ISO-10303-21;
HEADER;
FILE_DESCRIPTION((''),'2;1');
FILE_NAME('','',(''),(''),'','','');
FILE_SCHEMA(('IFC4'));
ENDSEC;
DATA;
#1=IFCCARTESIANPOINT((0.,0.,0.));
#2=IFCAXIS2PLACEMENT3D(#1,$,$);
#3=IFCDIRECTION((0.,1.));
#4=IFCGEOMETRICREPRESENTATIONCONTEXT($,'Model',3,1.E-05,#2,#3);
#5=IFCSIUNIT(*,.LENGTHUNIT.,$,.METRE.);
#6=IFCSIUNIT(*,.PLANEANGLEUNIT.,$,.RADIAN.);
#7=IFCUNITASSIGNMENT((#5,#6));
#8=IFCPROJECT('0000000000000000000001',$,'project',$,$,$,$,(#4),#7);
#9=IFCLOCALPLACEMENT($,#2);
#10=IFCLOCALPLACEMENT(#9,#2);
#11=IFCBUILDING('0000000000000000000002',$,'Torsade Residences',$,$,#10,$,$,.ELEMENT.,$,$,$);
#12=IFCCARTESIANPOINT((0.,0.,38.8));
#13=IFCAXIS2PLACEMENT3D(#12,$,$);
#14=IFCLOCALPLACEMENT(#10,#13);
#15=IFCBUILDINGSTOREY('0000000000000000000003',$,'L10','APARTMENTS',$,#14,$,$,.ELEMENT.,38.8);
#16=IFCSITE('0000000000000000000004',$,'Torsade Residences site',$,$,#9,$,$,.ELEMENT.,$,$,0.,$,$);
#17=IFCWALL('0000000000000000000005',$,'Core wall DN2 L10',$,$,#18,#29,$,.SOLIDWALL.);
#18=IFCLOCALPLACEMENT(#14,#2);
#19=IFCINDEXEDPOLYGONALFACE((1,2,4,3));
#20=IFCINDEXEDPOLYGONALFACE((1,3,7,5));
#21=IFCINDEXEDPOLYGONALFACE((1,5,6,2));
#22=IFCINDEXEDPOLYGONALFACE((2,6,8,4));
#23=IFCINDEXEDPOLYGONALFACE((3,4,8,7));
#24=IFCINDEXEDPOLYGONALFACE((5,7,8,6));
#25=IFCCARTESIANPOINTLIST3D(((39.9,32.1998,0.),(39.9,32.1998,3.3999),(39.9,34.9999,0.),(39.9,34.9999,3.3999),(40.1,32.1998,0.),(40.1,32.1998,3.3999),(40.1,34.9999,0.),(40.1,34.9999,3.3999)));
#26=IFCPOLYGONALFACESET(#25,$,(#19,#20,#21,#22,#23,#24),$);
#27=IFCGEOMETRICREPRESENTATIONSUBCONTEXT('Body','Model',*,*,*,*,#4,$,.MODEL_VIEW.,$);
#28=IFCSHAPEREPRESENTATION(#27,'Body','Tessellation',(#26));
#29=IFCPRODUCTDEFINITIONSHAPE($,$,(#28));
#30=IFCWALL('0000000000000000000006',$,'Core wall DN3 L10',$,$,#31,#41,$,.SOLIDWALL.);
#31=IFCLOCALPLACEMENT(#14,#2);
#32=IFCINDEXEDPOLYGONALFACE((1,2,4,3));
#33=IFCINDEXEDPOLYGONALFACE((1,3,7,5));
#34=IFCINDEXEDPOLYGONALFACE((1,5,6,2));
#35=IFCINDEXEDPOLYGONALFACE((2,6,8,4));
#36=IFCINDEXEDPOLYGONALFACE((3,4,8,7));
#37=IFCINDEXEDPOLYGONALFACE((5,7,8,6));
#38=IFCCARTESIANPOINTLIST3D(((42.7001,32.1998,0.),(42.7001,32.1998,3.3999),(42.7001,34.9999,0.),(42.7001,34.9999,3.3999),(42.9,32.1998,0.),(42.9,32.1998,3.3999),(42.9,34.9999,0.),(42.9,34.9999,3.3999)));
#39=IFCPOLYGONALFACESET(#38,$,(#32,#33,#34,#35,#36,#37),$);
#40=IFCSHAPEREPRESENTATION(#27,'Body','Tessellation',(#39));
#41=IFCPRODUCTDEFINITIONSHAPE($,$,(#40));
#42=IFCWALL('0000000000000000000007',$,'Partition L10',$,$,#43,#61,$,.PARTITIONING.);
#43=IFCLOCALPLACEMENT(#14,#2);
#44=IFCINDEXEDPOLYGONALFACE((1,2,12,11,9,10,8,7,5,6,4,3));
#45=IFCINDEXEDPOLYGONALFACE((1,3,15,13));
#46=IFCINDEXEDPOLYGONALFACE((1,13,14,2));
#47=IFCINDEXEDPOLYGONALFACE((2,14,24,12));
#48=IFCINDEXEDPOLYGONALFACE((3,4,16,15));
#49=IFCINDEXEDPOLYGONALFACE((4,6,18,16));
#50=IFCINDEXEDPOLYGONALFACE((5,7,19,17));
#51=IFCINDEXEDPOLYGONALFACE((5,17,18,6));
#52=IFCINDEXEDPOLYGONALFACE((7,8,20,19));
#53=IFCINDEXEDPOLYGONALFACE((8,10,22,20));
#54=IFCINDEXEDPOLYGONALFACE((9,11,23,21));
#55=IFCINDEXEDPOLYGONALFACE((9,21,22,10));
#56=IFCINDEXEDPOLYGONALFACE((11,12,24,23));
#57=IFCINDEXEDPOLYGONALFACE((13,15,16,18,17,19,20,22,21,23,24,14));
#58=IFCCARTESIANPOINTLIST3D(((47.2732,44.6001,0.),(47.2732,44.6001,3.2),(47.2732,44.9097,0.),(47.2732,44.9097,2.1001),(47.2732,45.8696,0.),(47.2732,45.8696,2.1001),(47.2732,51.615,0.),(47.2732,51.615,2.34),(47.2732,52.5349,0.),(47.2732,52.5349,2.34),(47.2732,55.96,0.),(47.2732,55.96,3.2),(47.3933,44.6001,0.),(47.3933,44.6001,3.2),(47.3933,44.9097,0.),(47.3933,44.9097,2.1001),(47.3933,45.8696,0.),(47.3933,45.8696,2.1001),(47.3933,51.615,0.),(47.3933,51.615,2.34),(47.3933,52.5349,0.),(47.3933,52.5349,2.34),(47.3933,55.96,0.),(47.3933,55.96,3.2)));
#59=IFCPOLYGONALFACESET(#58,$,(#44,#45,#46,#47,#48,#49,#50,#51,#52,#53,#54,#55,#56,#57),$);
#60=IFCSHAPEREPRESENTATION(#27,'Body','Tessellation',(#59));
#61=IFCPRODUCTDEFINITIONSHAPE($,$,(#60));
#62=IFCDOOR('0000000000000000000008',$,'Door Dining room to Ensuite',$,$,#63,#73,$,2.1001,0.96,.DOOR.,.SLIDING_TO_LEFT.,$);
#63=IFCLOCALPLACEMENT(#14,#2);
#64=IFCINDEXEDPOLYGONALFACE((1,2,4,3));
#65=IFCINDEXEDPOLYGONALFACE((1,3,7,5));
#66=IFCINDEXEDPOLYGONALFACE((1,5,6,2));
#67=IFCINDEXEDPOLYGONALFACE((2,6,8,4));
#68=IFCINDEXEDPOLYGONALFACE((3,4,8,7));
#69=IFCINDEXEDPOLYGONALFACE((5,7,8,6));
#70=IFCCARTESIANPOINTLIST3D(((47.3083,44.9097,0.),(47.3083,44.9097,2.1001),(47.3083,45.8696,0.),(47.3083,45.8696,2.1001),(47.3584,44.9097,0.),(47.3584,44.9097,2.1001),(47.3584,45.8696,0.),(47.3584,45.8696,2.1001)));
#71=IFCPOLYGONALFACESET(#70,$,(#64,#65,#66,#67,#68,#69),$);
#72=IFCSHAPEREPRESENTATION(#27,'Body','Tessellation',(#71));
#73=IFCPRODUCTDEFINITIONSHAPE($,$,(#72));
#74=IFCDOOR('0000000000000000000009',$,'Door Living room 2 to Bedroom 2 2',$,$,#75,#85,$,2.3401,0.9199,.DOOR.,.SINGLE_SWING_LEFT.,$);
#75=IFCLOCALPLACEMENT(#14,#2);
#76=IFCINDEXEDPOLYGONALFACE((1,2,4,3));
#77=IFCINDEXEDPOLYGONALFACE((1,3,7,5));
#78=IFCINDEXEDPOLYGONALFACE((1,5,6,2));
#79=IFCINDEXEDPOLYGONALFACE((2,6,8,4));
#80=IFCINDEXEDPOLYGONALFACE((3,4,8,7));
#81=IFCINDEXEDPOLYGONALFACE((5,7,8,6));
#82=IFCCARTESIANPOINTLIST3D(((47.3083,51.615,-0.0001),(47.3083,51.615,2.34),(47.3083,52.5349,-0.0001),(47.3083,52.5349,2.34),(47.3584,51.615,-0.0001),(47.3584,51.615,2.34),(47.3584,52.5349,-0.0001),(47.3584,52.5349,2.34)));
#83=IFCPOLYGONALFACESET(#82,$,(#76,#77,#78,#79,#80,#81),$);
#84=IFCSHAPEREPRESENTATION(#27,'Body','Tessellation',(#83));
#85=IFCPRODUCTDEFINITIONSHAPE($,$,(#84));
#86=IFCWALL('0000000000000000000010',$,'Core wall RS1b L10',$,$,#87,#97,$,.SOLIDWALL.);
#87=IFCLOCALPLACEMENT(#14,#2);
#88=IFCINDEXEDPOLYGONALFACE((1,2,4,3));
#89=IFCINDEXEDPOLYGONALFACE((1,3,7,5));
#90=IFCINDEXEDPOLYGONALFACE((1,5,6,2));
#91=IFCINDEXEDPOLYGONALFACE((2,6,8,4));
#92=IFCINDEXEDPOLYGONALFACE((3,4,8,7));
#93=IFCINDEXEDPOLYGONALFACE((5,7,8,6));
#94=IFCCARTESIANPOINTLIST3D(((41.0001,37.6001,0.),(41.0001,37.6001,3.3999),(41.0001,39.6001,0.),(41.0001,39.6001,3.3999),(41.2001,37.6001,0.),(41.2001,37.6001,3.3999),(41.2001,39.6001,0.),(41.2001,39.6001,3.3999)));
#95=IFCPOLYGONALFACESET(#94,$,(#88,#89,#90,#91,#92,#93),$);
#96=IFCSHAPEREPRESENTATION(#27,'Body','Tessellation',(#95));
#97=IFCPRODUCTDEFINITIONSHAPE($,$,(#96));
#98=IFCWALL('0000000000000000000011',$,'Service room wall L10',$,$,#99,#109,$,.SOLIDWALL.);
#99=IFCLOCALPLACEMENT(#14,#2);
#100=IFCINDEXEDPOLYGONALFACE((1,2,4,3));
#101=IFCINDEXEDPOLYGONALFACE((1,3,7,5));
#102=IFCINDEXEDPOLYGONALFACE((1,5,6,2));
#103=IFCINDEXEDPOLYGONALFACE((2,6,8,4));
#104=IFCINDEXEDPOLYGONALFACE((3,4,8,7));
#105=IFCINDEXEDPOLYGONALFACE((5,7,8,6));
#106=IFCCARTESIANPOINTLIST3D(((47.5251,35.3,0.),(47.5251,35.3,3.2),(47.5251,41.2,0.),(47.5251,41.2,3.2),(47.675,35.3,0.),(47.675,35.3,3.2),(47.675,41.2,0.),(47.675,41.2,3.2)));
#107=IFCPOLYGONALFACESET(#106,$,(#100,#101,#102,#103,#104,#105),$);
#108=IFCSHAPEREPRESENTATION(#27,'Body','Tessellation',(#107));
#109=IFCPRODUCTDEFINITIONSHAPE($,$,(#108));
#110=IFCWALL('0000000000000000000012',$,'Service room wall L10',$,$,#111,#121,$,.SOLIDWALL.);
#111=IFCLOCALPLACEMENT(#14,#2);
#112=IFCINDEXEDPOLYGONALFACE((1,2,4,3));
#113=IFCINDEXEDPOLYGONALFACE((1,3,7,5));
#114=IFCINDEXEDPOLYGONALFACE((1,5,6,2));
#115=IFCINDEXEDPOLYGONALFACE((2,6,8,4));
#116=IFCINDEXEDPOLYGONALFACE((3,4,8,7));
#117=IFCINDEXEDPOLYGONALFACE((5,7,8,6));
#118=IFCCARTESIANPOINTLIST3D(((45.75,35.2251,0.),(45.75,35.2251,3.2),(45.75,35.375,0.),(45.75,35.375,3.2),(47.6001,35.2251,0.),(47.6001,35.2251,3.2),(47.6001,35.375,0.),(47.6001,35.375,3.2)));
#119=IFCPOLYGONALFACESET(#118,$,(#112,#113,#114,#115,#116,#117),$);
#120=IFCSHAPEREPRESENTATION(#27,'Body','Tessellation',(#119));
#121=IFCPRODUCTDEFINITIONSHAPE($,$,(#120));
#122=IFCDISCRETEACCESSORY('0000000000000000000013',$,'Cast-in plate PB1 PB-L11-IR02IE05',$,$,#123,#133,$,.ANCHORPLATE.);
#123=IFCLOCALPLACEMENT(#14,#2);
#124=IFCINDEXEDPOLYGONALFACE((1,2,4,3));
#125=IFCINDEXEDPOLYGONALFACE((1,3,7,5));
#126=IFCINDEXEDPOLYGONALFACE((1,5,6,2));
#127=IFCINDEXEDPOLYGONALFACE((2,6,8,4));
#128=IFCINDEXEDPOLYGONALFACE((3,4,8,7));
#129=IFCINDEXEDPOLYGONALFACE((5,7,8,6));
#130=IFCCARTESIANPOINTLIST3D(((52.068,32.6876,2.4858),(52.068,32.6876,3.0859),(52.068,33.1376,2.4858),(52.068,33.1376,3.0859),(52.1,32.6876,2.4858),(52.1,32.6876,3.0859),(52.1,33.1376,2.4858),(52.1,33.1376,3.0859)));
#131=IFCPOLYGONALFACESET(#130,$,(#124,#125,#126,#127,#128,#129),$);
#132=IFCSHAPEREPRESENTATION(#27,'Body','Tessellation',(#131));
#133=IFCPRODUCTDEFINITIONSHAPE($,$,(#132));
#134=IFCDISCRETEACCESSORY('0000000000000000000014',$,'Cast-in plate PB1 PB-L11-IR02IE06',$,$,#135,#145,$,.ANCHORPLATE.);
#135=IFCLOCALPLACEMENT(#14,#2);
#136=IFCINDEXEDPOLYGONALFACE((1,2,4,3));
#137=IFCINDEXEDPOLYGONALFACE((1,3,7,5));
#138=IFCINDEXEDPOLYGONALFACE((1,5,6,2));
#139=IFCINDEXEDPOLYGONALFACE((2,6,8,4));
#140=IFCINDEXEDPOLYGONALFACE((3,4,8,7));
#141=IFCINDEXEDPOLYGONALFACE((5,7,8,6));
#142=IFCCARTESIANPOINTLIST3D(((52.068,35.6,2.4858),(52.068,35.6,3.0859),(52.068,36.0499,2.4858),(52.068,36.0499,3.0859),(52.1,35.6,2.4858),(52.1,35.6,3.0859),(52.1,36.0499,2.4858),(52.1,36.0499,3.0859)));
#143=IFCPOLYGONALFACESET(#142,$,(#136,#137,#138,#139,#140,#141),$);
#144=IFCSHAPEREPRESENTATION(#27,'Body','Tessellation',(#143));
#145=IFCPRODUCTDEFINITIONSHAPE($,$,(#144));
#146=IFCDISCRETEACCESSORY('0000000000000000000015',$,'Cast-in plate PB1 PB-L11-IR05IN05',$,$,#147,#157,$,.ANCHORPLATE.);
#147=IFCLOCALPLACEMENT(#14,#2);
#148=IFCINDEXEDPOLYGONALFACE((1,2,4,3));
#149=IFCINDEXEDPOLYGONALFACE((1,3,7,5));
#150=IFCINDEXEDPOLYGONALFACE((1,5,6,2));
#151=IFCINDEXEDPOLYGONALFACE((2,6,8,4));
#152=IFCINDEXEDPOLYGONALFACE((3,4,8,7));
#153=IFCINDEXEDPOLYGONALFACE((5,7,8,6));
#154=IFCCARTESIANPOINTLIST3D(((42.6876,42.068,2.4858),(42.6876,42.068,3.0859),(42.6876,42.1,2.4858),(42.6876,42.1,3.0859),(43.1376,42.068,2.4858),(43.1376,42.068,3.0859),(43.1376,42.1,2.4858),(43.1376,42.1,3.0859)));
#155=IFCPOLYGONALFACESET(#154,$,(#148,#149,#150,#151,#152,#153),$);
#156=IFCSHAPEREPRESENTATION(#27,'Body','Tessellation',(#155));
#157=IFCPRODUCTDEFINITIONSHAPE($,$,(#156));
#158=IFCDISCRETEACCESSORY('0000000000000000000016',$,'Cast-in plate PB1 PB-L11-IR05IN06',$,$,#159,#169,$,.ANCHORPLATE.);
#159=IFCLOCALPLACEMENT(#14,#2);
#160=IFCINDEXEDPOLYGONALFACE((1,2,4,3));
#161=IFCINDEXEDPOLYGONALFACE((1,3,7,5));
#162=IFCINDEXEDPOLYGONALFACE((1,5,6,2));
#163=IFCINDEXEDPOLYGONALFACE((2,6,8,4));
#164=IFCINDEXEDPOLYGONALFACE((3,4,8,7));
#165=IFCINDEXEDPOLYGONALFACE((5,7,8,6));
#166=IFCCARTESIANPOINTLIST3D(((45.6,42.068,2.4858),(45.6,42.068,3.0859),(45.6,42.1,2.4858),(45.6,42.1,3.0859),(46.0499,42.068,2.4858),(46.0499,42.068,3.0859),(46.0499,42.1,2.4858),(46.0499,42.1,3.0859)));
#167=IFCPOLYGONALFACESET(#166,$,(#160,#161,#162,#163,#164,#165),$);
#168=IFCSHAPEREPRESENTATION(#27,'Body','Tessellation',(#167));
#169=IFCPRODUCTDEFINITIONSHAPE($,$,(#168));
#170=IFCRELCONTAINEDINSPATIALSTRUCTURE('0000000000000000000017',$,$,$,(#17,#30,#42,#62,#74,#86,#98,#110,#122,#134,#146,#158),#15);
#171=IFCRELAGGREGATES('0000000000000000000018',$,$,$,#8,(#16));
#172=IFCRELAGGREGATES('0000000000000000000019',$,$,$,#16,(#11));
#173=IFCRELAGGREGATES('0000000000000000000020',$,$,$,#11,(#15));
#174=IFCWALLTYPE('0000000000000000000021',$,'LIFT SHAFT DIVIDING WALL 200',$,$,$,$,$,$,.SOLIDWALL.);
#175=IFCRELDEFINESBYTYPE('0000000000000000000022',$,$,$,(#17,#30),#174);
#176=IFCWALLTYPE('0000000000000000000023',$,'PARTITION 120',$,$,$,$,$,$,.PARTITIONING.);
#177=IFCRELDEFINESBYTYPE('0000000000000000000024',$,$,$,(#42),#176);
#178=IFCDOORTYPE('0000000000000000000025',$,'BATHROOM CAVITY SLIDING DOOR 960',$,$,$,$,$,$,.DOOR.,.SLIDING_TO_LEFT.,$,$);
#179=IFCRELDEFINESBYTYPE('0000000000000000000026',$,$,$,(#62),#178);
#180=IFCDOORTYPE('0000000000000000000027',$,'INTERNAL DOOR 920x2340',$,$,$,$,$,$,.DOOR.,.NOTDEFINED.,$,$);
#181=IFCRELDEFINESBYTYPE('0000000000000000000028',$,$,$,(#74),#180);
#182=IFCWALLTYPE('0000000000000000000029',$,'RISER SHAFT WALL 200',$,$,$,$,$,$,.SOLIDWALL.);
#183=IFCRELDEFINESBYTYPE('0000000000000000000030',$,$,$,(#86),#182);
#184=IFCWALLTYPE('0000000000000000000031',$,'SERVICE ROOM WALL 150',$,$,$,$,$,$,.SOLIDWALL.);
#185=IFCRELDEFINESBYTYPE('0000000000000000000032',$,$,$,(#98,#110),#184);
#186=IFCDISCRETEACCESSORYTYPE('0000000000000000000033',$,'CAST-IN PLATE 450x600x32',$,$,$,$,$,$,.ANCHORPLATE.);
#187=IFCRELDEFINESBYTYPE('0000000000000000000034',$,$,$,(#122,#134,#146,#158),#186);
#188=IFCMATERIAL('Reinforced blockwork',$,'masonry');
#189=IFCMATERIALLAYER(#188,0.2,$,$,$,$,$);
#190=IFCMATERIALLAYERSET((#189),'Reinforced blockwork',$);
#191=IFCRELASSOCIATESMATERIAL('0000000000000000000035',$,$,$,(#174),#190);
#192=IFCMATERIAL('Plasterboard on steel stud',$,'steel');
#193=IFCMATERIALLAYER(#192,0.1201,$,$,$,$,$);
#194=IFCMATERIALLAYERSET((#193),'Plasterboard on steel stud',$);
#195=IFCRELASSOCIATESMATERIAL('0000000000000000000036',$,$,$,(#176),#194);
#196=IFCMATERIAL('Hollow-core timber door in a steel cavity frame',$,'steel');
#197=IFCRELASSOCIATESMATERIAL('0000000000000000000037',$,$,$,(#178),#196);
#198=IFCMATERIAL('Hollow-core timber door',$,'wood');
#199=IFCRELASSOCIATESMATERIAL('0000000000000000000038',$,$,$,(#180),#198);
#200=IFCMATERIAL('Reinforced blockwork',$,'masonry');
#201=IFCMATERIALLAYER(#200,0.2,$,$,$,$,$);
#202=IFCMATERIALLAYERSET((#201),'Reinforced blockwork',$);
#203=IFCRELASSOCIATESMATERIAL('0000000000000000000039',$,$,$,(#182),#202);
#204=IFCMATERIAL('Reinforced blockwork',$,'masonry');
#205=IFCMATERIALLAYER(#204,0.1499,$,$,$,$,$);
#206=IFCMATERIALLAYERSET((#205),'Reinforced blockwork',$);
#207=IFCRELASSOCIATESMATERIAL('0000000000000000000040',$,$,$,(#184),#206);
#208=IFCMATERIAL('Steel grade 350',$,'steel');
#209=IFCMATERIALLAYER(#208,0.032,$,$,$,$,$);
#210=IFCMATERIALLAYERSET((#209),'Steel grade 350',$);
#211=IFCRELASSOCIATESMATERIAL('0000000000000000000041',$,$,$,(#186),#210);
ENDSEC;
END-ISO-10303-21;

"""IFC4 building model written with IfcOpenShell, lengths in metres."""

from ifc_helpers import new_model, si_unit, direction, frame, frame_2d, origin, origin_2d, place, context, subcontext, project, spatial, rectangle, extrude, material, layer, layer_set, type_object, element, fill, save


model = new_model("IFC4")

# Units and contexts
model_context = context("Model", 3, precision=1e-05, world=origin(), true_north=direction((0.0, 1.0)))
body_context = subcontext(model_context, "Body", "Model", "MODEL_VIEW")
ifc_project = project(units=[si_unit("LENGTHUNIT", "METRE"), si_unit("PLANEANGLEUNIT", "RADIAN")], contexts=[model_context])

# Site, building, storey
site_placement = place(None, origin())
site = spatial("IfcSite", under=ifc_project, at=site_placement, Name="Torsade Residences site", CompositionType="ELEMENT", RefElevation=0.0)
building_placement = place(site_placement, origin())
building = spatial("IfcBuilding", under=site, at=building_placement, Name="Torsade Residences", CompositionType="ELEMENT")
storey_placement = place(building_placement, frame((0.0, 0.0, 38.8)))
storey = spatial("IfcBuildingStorey", under=building, at=storey_placement, Name="L10", Description="APARTMENTS", CompositionType="ELEMENT", Elevation=38.8)

# Walls
ifc_material_1 = material(Name="Reinforced blockwork", Category="masonry")
ifc_layer_1 = layer(ifc_material_1, 0.2)
ifc_layer_set_1 = layer_set([ifc_layer_1], Name="Reinforced blockwork")
wall_type_1 = type_object("IfcWallType", Name="LIFT SHAFT DIVIDING WALL 200", PredefinedType="SOLIDWALL", material=ifc_layer_set_1)
for number, where, z_axis, x_axis, name in (
    (1, (40.0, 32.2, 0.0), (0.0, 0.0, 1.0), (0.0, 1.0, 0.0), "Core wall DN2 L10"),
    (2, (42.8, 32.2, 0.0), (0.0, 0.0, 1.0), (0.0, 1.0, 0.0), "Core wall DN3 L10"),
):
    element("IfcWall", number, at=place(storey_placement, frame(where, z_axis=z_axis, x_axis=x_axis)), inside=storey, type_object=wall_type_1, Name=name, PredefinedType="SOLIDWALL", context=body_context, shape_type="SweptSolid", body=[
        extrude(rectangle(XDim=2.8, YDim=0.2, at=frame_2d((1.3999, 0.0))), origin(), (0.0, 0.0, 1.0), 3.3999),
    ])

# Wall, openings, doors
ifc_material_2 = material(Name="Plasterboard on steel stud", Category="steel")
ifc_layer_2 = layer(ifc_material_2, 0.1201)
ifc_layer_set_2 = layer_set([ifc_layer_2], Name="Plasterboard on steel stud")
wall_type_2 = type_object("IfcWallType", Name="PARTITION 120", PredefinedType="PARTITIONING", material=ifc_layer_set_2)
wall_1_placement = place(storey_placement, frame((47.3333, 44.6001, 0.0), z_axis=(0.0, 0.0, 1.0), x_axis=(0.0, 1.0, 0.0)))
wall_1 = element("IfcWall", 3, at=wall_1_placement, inside=storey, type_object=wall_type_2, Name="Partition L10", PredefinedType="PARTITIONING", context=body_context, shape_type="SweptSolid", body=[
    extrude(rectangle(XDim=11.3599, YDim=0.1201, at=frame_2d((5.6799, 0.0))), origin(), (0.0, 0.0, 1.0), 3.2),
])
opening_1_placement = place(wall_1_placement, frame((7.0149, 0.0, 0.0)))
opening_1 = element("IfcOpeningElement", 4, at=opening_1_placement, cuts=wall_1, PredefinedType="OPENING", context=body_context, shape_type="SweptSolid", body=[
    extrude(rectangle(XDim=0.9199, YDim=2.3401, at=frame_2d((0.46, 1.1699))), frame((0.0, 0.0701, 0.0), z_axis=(0.0, -1.0, 0.0), x_axis=(1.0, 0.0, 0.0)), (0.0, 0.0, 1.0), 0.1401),
])
opening_2_placement = place(wall_1_placement, frame((0.3096, 0.0, 0.0)))
opening_2 = element("IfcOpeningElement", 5, at=opening_2_placement, cuts=wall_1, PredefinedType="OPENING", context=body_context, shape_type="SweptSolid", body=[
    extrude(rectangle(XDim=0.96, YDim=2.1001, at=frame_2d((0.48, 1.05))), frame((0.0, 0.0701, 0.0), z_axis=(0.0, -1.0, 0.0), x_axis=(1.0, 0.0, 0.0)), (0.0, 0.0, 1.0), 0.1401),
])
ifc_material_3 = material(Name="Hollow-core timber door in a steel cavity frame", Category="steel")
door_type_1 = type_object("IfcDoorType", Name="BATHROOM CAVITY SLIDING DOOR 960", OperationType="SLIDING_TO_LEFT", PredefinedType="DOOR", material=ifc_material_3)
door_1_placement = place(opening_2_placement, origin())
door_1 = element("IfcDoor", 6, at=door_1_placement, inside=storey, type_object=door_type_1, Name="Door Dining room to Ensuite", OperationType="SLIDING_TO_LEFT", OverallHeight=2.1001, OverallWidth=0.96, PredefinedType="DOOR", context=body_context, shape_type="SweptSolid", body=[
    extrude(rectangle(XDim=0.96, YDim=2.1001, at=frame_2d((0.48, 1.05))), frame((0.0, 0.0249, 0.0), z_axis=(0.0, -1.0, 0.0), x_axis=(1.0, 0.0, 0.0)), (0.0, 0.0, 1.0), 0.05),
])
fill(opening_2, door_1)
ifc_material_4 = material(Name="Hollow-core timber door", Category="wood")
door_type_2 = type_object("IfcDoorType", Name="INTERNAL DOOR 920x2340", OperationType="NOTDEFINED", PredefinedType="DOOR", material=ifc_material_4)
door_2_placement = place(opening_1_placement, origin())
door_2 = element("IfcDoor", 7, at=door_2_placement, inside=storey, type_object=door_type_2, Name="Door Living room 2 to Bedroom 2 2", OperationType="SINGLE_SWING_LEFT", OverallHeight=2.3401, OverallWidth=0.9199, PredefinedType="DOOR", context=body_context, shape_type="SweptSolid", body=[
    extrude(rectangle(XDim=0.9199, YDim=2.3401, at=frame_2d((0.46, 1.1699))), frame((0.0, 0.0249, 0.0), z_axis=(0.0, -1.0, 0.0), x_axis=(1.0, 0.0, 0.0)), (0.0, 0.0, 1.0), 0.05),
])
fill(opening_1, door_2)

# Walls
ifc_material_5 = material(Name="Reinforced blockwork", Category="masonry")
ifc_layer_3 = layer(ifc_material_5, 0.2)
ifc_layer_set_3 = layer_set([ifc_layer_3], Name="Reinforced blockwork")
wall_type_3 = type_object("IfcWallType", Name="RISER SHAFT WALL 200", PredefinedType="SOLIDWALL", material=ifc_layer_set_3)
wall_2_placement = place(storey_placement, frame((41.1001, 37.6001, 0.0), z_axis=(0.0, 0.0, 1.0), x_axis=(0.0, 1.0, 0.0)))
element("IfcWall", 8, at=wall_2_placement, inside=storey, type_object=wall_type_3, Name="Core wall RS1b L10", PredefinedType="SOLIDWALL", context=body_context, shape_type="SweptSolid", body=[
    extrude(rectangle(XDim=2.0, YDim=0.2, at=frame_2d((1.0, 0.0))), origin(), (0.0, 0.0, 1.0), 3.3999),
])
ifc_material_6 = material(Name="Reinforced blockwork", Category="masonry")
ifc_layer_4 = layer(ifc_material_6, 0.1499)
ifc_layer_set_4 = layer_set([ifc_layer_4], Name="Reinforced blockwork")
wall_type_4 = type_object("IfcWallType", Name="SERVICE ROOM WALL 150", PredefinedType="SOLIDWALL", material=ifc_layer_set_4)
wall_3_placement = place(storey_placement, frame((47.6001, 41.2, 0.0), z_axis=(0.0, 0.0, 1.0), x_axis=(0.0, -1.0, 0.0)))
element("IfcWall", 9, at=wall_3_placement, inside=storey, type_object=wall_type_4, Name="Service room wall L10", PredefinedType="SOLIDWALL", context=body_context, shape_type="SweptSolid", body=[
    extrude(rectangle(XDim=5.8999, YDim=0.1499, at=frame_2d((2.95, 0.0))), origin(), (0.0, 0.0, 1.0), 3.2),
])
wall_4_placement = place(storey_placement, frame((47.6001, 35.3, 0.0), z_axis=(0.0, 0.0, 1.0), x_axis=(-1.0, 0.0, 0.0)))
element("IfcWall", 10, at=wall_4_placement, inside=storey, type_object=wall_type_4, Name="Service room wall L10", PredefinedType="SOLIDWALL", context=body_context, shape_type="SweptSolid", body=[
    extrude(rectangle(XDim=1.8501, YDim=0.1499, at=frame_2d((0.925, 0.0))), origin(), (0.0, 0.0, 1.0), 3.2),
])

# Discrete accessories
ifc_material_7 = material(Name="Steel grade 350", Category="steel")
ifc_layer_5 = layer(ifc_material_7, 0.032)
ifc_layer_set_5 = layer_set([ifc_layer_5], Name="Steel grade 350")
discrete_accessory_type = type_object("IfcDiscreteAccessoryType", Name="CAST-IN PLATE 450x600x32", PredefinedType="ANCHORPLATE", material=ifc_layer_set_5)
for number, where, z_axis, x_axis, name in (
    (11, (52.084, 32.9126, 2.4858), (0.0, 0.0, 1.0), (1.0, 0.0, 0.0), "Cast-in plate PB1 PB-L11-IR02IE05"),
    (12, (52.084, 35.825, 2.4858), (0.0, 0.0, 1.0), (1.0, 0.0, 0.0), "Cast-in plate PB1 PB-L11-IR02IE06"),
):
    element("IfcDiscreteAccessory", number, at=place(storey_placement, frame(where, z_axis=z_axis, x_axis=x_axis)), inside=storey, type_object=discrete_accessory_type, Name=name, PredefinedType="ANCHORPLATE", context=body_context, shape_type="SweptSolid", body=[
        extrude(rectangle(XDim=0.032, YDim=0.45, at=origin_2d()), origin(), (0.0, 0.0, 1.0), 0.6001),
    ])
for number, where, z_axis, x_axis, name in (
    (13, (42.9126, 42.084, 2.4858), (0.0, 0.0, 1.0), (1.0, 0.0, 0.0), "Cast-in plate PB1 PB-L11-IR05IN05"),
    (14, (45.825, 42.084, 2.4858), (0.0, 0.0, 1.0), (1.0, 0.0, 0.0), "Cast-in plate PB1 PB-L11-IR05IN06"),
):
    element("IfcDiscreteAccessory", number, at=place(storey_placement, frame(where, z_axis=z_axis, x_axis=x_axis)), inside=storey, type_object=discrete_accessory_type, Name=name, PredefinedType="ANCHORPLATE", context=body_context, shape_type="SweptSolid", body=[
        extrude(rectangle(XDim=0.45, YDim=0.032, at=origin_2d()), origin(), (0.0, 0.0, 1.0), 0.6001),
    ])

save(model, "model.ifc")
